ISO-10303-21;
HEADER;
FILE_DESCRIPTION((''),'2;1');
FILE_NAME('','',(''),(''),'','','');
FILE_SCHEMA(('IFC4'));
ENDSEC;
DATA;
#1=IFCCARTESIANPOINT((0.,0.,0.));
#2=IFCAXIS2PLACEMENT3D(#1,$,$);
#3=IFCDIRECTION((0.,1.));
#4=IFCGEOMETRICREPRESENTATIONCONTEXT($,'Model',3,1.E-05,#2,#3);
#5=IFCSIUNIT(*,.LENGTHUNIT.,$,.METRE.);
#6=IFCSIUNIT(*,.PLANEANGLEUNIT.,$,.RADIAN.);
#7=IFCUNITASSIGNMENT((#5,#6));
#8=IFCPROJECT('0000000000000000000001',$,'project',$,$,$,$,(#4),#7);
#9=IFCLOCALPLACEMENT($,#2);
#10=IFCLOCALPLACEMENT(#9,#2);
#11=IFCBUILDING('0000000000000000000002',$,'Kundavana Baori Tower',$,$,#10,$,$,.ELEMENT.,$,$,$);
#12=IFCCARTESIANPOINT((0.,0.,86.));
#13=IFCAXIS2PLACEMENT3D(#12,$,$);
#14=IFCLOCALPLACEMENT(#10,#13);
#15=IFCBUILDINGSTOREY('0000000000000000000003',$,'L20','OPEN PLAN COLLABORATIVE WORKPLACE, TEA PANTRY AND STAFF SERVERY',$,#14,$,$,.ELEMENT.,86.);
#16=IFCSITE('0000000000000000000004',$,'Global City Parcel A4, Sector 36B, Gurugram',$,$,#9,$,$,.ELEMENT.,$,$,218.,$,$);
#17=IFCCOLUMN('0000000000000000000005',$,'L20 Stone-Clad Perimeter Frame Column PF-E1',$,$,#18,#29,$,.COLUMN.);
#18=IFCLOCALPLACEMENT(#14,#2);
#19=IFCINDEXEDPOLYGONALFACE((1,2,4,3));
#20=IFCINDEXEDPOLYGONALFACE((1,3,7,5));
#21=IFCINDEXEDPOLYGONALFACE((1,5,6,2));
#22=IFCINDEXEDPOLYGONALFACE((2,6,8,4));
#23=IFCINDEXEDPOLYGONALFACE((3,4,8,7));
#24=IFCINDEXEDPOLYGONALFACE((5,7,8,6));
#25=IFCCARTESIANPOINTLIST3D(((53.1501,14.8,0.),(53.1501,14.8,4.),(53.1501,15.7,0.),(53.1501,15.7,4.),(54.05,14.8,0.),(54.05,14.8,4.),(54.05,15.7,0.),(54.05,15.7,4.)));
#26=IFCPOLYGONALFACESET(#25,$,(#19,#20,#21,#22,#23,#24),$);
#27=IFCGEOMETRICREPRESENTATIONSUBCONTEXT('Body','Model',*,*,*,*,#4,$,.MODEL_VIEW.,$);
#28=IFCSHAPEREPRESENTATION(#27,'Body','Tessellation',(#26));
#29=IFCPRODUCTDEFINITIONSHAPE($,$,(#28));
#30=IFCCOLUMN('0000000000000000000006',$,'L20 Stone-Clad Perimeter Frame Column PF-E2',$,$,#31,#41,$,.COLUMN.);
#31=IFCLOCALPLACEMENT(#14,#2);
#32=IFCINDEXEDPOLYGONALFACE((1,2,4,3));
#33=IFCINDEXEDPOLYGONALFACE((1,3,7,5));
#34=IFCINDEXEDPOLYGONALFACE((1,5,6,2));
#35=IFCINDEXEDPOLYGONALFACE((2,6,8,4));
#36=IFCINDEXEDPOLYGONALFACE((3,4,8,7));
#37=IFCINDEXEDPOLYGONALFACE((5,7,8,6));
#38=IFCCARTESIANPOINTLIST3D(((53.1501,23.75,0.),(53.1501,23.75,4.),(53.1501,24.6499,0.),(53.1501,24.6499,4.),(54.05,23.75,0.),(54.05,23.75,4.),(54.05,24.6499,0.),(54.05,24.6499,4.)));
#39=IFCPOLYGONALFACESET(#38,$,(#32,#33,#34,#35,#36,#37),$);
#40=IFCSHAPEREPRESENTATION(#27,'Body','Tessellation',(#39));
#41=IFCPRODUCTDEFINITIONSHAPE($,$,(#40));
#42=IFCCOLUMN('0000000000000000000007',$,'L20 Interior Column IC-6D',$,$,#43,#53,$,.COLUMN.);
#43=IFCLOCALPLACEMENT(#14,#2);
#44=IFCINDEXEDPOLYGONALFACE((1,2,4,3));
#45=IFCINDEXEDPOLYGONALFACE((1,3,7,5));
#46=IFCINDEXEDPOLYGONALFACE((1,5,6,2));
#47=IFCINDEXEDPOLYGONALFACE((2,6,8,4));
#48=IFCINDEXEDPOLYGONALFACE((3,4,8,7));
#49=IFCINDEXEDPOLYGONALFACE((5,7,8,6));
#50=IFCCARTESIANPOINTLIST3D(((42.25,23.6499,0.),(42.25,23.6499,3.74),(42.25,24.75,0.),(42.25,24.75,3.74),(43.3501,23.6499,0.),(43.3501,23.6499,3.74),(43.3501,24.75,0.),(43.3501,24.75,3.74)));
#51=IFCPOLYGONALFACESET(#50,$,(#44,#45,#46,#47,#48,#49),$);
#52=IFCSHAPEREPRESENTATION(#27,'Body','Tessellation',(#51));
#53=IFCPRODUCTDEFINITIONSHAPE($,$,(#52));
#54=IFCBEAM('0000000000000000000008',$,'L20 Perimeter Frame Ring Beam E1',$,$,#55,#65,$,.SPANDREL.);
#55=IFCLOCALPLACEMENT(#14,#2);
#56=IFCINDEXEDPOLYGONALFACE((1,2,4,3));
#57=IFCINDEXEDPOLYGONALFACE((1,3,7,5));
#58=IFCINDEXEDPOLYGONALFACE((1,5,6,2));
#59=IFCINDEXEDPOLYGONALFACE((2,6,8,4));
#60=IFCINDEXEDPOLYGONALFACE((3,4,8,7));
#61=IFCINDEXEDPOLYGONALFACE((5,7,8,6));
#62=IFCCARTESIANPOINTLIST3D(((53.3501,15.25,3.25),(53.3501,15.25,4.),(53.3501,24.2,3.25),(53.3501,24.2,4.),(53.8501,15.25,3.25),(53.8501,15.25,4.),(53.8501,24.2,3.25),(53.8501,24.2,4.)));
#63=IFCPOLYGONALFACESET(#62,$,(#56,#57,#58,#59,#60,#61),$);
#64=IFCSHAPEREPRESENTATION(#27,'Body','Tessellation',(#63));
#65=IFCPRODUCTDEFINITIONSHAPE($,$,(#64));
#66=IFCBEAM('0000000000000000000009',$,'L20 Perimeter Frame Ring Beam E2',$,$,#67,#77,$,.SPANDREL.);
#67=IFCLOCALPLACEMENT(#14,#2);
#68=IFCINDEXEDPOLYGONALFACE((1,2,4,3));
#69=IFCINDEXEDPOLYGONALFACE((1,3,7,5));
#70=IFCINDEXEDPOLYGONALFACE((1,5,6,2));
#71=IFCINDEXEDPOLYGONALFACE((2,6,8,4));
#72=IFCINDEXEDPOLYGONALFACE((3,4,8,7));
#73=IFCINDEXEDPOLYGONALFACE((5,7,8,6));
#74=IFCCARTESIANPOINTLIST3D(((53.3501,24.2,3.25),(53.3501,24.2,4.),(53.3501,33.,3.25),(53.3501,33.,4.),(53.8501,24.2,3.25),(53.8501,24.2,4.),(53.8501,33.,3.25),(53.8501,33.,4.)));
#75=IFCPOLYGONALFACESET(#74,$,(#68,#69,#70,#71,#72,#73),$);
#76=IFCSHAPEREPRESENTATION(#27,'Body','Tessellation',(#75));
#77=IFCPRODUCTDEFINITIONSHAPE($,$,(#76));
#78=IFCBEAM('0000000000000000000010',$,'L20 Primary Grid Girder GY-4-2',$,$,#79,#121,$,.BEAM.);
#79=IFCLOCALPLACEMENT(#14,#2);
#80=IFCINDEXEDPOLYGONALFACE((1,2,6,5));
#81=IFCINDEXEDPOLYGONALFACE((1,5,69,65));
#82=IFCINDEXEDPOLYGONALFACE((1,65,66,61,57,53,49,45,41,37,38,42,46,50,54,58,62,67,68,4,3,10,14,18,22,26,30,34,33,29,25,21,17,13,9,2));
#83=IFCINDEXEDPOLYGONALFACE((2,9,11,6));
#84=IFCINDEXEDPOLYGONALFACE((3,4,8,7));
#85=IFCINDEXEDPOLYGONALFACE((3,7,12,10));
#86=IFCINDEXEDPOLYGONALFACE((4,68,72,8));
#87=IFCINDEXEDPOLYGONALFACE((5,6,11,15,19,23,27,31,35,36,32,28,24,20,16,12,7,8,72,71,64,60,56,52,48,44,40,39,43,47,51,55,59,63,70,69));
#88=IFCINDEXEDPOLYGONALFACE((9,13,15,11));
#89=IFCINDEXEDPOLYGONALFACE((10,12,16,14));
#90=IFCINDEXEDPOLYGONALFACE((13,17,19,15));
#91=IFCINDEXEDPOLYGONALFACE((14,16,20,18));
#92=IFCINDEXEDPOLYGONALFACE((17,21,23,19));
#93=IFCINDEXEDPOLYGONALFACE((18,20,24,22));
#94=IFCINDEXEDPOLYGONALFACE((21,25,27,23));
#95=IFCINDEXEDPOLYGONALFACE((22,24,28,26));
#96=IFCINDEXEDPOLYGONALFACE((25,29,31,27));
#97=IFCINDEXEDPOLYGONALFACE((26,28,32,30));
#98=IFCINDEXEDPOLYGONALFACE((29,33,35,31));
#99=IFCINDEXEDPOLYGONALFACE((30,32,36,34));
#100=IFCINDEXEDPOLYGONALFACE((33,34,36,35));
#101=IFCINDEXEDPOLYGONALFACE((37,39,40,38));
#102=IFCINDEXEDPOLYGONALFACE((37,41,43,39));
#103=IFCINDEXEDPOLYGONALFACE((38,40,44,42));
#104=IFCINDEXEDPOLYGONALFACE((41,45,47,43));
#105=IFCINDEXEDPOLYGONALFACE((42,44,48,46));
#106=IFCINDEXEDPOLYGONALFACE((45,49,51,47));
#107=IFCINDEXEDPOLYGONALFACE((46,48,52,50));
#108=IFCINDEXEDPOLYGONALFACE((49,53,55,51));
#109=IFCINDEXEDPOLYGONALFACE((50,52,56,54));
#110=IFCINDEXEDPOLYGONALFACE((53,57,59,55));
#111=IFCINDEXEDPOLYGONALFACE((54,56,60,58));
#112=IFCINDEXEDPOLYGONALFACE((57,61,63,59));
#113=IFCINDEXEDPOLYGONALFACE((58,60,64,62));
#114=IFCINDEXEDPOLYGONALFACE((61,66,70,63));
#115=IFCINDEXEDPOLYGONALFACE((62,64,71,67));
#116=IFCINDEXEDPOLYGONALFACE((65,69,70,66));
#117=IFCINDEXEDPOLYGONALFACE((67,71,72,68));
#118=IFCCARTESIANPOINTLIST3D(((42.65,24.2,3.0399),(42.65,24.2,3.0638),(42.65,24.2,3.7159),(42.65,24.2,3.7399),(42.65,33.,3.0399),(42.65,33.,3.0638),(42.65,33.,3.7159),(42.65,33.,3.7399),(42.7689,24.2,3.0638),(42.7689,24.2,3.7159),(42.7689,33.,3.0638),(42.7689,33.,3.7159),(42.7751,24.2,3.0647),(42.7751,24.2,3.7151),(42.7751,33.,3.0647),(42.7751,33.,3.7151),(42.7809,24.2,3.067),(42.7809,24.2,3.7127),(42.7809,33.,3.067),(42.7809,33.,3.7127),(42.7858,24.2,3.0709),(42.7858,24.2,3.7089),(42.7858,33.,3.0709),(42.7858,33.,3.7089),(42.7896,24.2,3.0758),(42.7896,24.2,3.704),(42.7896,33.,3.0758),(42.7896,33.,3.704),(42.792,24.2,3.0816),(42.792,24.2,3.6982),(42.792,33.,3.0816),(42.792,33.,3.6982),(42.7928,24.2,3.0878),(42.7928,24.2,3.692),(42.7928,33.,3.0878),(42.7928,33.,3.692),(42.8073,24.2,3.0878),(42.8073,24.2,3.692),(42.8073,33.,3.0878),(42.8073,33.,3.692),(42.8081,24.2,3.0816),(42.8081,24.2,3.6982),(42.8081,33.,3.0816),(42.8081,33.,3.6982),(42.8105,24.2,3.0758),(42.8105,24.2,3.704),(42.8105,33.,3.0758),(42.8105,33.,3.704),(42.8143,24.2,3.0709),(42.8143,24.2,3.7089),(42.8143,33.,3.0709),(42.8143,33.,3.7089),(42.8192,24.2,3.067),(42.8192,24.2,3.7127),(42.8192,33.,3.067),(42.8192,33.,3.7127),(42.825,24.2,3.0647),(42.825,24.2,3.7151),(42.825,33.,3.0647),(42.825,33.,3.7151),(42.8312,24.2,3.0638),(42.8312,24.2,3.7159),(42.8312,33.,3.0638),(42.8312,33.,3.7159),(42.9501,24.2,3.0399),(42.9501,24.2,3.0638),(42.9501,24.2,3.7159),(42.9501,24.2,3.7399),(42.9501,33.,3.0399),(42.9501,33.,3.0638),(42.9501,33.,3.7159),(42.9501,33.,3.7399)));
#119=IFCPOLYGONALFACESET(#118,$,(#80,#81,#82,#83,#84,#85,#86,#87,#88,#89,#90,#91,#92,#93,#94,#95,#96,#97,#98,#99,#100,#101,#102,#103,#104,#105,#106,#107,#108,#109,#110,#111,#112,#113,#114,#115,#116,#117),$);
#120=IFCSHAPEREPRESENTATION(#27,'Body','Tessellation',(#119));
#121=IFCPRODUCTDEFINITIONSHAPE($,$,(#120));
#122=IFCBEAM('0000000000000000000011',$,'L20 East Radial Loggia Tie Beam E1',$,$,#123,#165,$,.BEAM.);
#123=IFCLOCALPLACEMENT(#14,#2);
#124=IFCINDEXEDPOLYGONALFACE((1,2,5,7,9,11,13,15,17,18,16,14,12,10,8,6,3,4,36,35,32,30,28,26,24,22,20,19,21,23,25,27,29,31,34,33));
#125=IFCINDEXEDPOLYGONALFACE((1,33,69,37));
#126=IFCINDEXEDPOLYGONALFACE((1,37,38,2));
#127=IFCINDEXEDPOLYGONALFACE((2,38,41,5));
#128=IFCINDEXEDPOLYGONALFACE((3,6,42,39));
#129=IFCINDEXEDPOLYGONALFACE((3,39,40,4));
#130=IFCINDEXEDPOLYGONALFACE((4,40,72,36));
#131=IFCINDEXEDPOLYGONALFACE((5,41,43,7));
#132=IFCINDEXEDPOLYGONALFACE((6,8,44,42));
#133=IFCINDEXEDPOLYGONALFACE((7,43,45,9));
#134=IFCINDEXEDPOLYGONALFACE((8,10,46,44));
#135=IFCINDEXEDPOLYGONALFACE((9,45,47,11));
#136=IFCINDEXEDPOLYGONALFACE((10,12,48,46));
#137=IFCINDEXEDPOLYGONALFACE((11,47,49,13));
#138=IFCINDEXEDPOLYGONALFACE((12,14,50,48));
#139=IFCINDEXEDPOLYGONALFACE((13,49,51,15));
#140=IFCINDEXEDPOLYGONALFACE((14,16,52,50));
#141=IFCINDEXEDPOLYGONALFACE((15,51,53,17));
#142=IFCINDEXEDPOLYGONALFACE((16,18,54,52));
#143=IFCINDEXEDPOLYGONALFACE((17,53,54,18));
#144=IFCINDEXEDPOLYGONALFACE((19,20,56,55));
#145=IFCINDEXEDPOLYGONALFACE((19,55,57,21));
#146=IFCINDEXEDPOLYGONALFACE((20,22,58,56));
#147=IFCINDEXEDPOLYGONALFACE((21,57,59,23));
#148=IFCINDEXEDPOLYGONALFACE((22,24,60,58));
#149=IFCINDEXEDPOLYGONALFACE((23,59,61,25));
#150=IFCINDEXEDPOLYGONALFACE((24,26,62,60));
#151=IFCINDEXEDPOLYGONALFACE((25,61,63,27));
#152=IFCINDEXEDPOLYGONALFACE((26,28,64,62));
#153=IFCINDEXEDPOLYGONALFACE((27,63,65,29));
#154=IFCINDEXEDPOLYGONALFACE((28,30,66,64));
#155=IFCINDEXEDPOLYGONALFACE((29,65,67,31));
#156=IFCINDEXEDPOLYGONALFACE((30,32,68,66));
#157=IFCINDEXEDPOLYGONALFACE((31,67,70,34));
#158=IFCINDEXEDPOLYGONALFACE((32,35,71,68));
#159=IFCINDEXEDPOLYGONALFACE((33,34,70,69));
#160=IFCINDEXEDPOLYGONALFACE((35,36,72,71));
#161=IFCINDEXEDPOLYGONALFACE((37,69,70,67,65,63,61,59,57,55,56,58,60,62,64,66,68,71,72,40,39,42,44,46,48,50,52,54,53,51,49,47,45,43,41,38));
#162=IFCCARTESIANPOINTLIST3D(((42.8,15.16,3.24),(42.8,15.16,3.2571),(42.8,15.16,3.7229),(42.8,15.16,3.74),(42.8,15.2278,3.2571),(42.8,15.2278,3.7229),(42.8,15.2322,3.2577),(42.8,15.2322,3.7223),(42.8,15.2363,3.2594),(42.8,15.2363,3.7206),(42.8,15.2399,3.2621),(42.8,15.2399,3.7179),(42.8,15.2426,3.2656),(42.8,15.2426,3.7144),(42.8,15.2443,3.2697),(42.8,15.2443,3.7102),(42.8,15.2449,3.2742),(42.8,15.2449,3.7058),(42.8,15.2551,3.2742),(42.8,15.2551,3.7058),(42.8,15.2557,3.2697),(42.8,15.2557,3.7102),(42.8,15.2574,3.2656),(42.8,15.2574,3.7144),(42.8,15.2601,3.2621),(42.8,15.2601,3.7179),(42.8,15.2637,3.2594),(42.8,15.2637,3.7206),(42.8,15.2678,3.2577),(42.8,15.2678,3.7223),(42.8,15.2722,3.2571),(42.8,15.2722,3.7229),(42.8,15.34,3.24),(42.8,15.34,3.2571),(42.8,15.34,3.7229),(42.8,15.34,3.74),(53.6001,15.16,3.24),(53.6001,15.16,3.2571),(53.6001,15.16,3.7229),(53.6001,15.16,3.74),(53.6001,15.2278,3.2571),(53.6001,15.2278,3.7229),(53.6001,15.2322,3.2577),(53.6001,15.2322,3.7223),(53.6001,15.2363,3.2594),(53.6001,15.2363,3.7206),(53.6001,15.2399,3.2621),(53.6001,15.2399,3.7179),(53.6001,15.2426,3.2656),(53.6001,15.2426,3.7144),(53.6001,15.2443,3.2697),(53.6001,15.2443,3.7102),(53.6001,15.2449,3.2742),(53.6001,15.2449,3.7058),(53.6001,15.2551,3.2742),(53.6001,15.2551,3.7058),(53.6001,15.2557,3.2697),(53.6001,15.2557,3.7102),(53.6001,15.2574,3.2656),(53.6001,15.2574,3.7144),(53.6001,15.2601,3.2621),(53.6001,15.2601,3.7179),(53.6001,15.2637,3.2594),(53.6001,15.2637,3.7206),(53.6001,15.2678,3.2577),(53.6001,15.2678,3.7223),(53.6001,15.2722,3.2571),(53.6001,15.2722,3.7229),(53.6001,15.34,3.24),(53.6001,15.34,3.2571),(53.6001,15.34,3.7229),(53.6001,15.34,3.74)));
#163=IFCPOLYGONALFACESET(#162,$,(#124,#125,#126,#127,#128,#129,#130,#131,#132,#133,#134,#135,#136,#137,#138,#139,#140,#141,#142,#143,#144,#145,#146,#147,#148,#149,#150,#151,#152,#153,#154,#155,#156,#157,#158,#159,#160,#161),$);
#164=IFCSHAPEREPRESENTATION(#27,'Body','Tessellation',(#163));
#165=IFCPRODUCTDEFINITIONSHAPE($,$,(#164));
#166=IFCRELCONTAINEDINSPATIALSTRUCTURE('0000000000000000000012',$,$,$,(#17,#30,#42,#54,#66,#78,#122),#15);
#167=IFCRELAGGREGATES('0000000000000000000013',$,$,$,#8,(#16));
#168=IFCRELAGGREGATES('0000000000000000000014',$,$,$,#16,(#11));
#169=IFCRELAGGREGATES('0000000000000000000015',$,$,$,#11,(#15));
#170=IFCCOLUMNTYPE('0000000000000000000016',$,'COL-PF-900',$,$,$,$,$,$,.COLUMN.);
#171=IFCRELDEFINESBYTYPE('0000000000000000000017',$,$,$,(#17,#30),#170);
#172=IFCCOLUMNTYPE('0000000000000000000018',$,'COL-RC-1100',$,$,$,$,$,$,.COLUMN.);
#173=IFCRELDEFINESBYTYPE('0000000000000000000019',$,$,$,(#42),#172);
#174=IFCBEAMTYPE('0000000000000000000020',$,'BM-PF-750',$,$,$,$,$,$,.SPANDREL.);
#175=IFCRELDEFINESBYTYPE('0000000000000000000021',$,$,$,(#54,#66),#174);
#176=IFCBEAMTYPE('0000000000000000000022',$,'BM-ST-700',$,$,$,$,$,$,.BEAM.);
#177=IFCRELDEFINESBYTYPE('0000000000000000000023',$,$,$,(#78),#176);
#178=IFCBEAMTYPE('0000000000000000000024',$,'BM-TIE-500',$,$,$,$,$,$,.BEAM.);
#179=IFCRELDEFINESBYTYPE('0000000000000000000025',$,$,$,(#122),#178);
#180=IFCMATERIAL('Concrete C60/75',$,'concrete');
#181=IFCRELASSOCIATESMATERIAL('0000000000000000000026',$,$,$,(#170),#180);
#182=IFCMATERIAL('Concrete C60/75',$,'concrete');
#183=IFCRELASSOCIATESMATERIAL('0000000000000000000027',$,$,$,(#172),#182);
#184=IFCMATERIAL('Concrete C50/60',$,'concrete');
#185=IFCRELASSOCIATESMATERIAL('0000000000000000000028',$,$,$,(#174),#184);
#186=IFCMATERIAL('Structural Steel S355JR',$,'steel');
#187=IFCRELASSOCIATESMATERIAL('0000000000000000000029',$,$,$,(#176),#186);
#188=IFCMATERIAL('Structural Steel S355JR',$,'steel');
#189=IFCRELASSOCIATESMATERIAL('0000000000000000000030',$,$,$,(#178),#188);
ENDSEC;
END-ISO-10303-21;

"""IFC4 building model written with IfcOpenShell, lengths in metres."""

from ifc_helpers import new_model, si_unit, direction, frame, origin, origin_2d, place, context, subcontext, project, spatial, rectangle, i_section, extrude, material, material_profile, profile_set, type_object, element, save


model = new_model("IFC4")

# Units and contexts
model_context = context("Model", 3, precision=1e-05, world=origin(), true_north=direction((0.0, 1.0)))
body_context = subcontext(model_context, "Body", "Model", "MODEL_VIEW")
ifc_project = project(units=[si_unit("LENGTHUNIT", "METRE"), si_unit("PLANEANGLEUNIT", "RADIAN")], contexts=[model_context])

# Site, building, storey
site_placement = place(None, origin())
site = spatial("IfcSite", under=ifc_project, at=site_placement, Name="Global City Parcel A4, Sector 36B, Gurugram", CompositionType="ELEMENT", RefElevation=218.0)
building_placement = place(site_placement, origin())
building = spatial("IfcBuilding", under=site, at=building_placement, Name="Kundavana Baori Tower", CompositionType="ELEMENT")
storey_placement = place(building_placement, frame((0.0, 0.0, 86.0)))
storey = spatial("IfcBuildingStorey", under=building, at=storey_placement, Name="L20", Description="OPEN PLAN COLLABORATIVE WORKPLACE, TEA PANTRY AND STAFF SERVERY", CompositionType="ELEMENT", Elevation=86.0)

# Columns
ifc_material_1 = material(Name="Concrete C60/75", Category="concrete")
ifc_material_profile_1 = material_profile(ifc_material_1, rectangle(XDim=0.8999, YDim=0.8999, at=origin_2d()), Name="RC PF 900x900")
ifc_profile_set_1 = profile_set([ifc_material_profile_1], Name="Concrete C60/75")
column_type_1 = type_object("IfcColumnType", Name="COL-PF-900", PredefinedType="COLUMN", material=ifc_profile_set_1)
for number, where, z_axis, x_axis, name in (
    (1, (53.6001, 15.25, 0.0), (0.0, 0.0, 1.0), (1.0, 0.0, 0.0), "L20 Stone-Clad Perimeter Frame Column PF-E1"),
    (2, (53.6001, 24.2, 0.0), (0.0, 0.0, 1.0), (1.0, 0.0, 0.0), "L20 Stone-Clad Perimeter Frame Column PF-E2"),
):
    element("IfcColumn", number, at=place(storey_placement, frame(where, z_axis=z_axis, x_axis=x_axis)), inside=storey, type_object=column_type_1, Name=name, PredefinedType="COLUMN", context=body_context, shape_type="SweptSolid", body=[
        extrude(rectangle(XDim=0.8999, YDim=0.8999, at=origin_2d()), origin(), (0.0, 0.0, 1.0), 4.0),
    ])
ifc_material_2 = material(Name="Concrete C60/75", Category="concrete")
ifc_material_profile_2 = material_profile(ifc_material_2, rectangle(XDim=1.1001, YDim=1.1001, at=origin_2d()), Name="RC 1100x1100")
ifc_profile_set_2 = profile_set([ifc_material_profile_2], Name="Concrete C60/75")
column_type_2 = type_object("IfcColumnType", Name="COL-RC-1100", PredefinedType="COLUMN", material=ifc_profile_set_2)
column_placement = place(storey_placement, frame((42.8, 24.2, 0.0), z_axis=(0.0, 0.0, 1.0), x_axis=(1.0, 0.0, 0.0)))
element("IfcColumn", 3, at=column_placement, inside=storey, type_object=column_type_2, Name="L20 Interior Column IC-6D", PredefinedType="COLUMN", context=body_context, shape_type="SweptSolid", body=[
    extrude(rectangle(XDim=1.1001, YDim=1.1001, at=origin_2d()), origin(), (0.0, 0.0, 1.0), 3.74),
])

# Beams
ifc_material_3 = material(Name="Concrete C50/60", Category="concrete")
ifc_material_profile_3 = material_profile(ifc_material_3, rectangle(XDim=0.5, YDim=0.75, at=origin_2d()), Name="RC BM 500x750")
ifc_profile_set_3 = profile_set([ifc_material_profile_3], Name="Concrete C50/60")
beam_type_1 = type_object("IfcBeamType", Name="BM-PF-750", PredefinedType="SPANDREL", material=ifc_profile_set_3)
beam_1_placement = place(storey_placement, frame((53.6001, 15.25, 3.625), z_axis=(0.0, 1.0, 0.0), x_axis=(-1.0, 0.0, 0.0)))
element("IfcBeam", 4, at=beam_1_placement, inside=storey, type_object=beam_type_1, Name="L20 Perimeter Frame Ring Beam E1", PredefinedType="SPANDREL", context=body_context, shape_type="SweptSolid", body=[
    extrude(rectangle(XDim=0.5, YDim=0.75, at=origin_2d()), origin(), (0.0, 0.0, 1.0), 8.95),
])
beam_2_placement = place(storey_placement, frame((53.6001, 24.2, 3.625), z_axis=(0.0, 1.0, 0.0), x_axis=(-1.0, 0.0, 0.0)))
element("IfcBeam", 5, at=beam_2_placement, inside=storey, type_object=beam_type_1, Name="L20 Perimeter Frame Ring Beam E2", PredefinedType="SPANDREL", context=body_context, shape_type="SweptSolid", body=[
    extrude(rectangle(XDim=0.5, YDim=0.75, at=origin_2d()), origin(), (0.0, 0.0, 1.0), 8.8),
])
ifc_material_4 = material(Name="Structural Steel S355JR", Category="steel")
ifc_material_profile_4 = material_profile(ifc_material_4, i_section(OverallWidth=0.3, OverallDepth=0.7, WebThickness=0.0144, FlangeThickness=0.0239, FilletRadius=0.0239, at=origin_2d()), Name="NPB 700x300x170")
ifc_profile_set_4 = profile_set([ifc_material_profile_4], Name="Structural Steel S355JR")
beam_type_2 = type_object("IfcBeamType", Name="BM-ST-700", PredefinedType="BEAM", material=ifc_profile_set_4)
beam_3_placement = place(storey_placement, frame((42.8, 24.2, 3.3899), z_axis=(0.0, 1.0, 0.0), x_axis=(-1.0, 0.0, 0.0)))
element("IfcBeam", 6, at=beam_3_placement, inside=storey, type_object=beam_type_2, Name="L20 Primary Grid Girder GY-4-2", PredefinedType="BEAM", context=body_context, shape_type="SweptSolid", body=[
    extrude(i_section(OverallWidth=0.3, OverallDepth=0.7, WebThickness=0.0144, FlangeThickness=0.0239, FilletRadius=0.0239, at=origin_2d()), origin(), (0.0, 0.0, 1.0), 8.8),
])
ifc_material_5 = material(Name="Structural Steel S355JR", Category="steel")
ifc_material_profile_5 = material_profile(ifc_material_5, i_section(OverallWidth=0.1799, OverallDepth=0.5, WebThickness=0.0103, FlangeThickness=0.0171, FilletRadius=0.0171, at=origin_2d()), Name="ISMB 500")
ifc_profile_set_5 = profile_set([ifc_material_profile_5], Name="Structural Steel S355JR")
beam_type_3 = type_object("IfcBeamType", Name="BM-TIE-500", PredefinedType="BEAM", material=ifc_profile_set_5)
for number, where, z_axis, x_axis, name in (
    (7, (42.8, 15.25, 3.49), (1.0, 0.0, 0.0), (0.0, 1.0, 0.0), "L20 East Radial Loggia Tie Beam E1"),
):
    element("IfcBeam", number, at=place(storey_placement, frame(where, z_axis=z_axis, x_axis=x_axis)), inside=storey, type_object=beam_type_3, Name=name, PredefinedType="BEAM", context=body_context, shape_type="SweptSolid", body=[
        extrude(i_section(OverallWidth=0.1799, OverallDepth=0.5, WebThickness=0.0103, FlangeThickness=0.0171, FilletRadius=0.0171, at=origin_2d()), origin(), (0.0, 0.0, 1.0), 10.8),
    ])

save(model, "model.ifc")
